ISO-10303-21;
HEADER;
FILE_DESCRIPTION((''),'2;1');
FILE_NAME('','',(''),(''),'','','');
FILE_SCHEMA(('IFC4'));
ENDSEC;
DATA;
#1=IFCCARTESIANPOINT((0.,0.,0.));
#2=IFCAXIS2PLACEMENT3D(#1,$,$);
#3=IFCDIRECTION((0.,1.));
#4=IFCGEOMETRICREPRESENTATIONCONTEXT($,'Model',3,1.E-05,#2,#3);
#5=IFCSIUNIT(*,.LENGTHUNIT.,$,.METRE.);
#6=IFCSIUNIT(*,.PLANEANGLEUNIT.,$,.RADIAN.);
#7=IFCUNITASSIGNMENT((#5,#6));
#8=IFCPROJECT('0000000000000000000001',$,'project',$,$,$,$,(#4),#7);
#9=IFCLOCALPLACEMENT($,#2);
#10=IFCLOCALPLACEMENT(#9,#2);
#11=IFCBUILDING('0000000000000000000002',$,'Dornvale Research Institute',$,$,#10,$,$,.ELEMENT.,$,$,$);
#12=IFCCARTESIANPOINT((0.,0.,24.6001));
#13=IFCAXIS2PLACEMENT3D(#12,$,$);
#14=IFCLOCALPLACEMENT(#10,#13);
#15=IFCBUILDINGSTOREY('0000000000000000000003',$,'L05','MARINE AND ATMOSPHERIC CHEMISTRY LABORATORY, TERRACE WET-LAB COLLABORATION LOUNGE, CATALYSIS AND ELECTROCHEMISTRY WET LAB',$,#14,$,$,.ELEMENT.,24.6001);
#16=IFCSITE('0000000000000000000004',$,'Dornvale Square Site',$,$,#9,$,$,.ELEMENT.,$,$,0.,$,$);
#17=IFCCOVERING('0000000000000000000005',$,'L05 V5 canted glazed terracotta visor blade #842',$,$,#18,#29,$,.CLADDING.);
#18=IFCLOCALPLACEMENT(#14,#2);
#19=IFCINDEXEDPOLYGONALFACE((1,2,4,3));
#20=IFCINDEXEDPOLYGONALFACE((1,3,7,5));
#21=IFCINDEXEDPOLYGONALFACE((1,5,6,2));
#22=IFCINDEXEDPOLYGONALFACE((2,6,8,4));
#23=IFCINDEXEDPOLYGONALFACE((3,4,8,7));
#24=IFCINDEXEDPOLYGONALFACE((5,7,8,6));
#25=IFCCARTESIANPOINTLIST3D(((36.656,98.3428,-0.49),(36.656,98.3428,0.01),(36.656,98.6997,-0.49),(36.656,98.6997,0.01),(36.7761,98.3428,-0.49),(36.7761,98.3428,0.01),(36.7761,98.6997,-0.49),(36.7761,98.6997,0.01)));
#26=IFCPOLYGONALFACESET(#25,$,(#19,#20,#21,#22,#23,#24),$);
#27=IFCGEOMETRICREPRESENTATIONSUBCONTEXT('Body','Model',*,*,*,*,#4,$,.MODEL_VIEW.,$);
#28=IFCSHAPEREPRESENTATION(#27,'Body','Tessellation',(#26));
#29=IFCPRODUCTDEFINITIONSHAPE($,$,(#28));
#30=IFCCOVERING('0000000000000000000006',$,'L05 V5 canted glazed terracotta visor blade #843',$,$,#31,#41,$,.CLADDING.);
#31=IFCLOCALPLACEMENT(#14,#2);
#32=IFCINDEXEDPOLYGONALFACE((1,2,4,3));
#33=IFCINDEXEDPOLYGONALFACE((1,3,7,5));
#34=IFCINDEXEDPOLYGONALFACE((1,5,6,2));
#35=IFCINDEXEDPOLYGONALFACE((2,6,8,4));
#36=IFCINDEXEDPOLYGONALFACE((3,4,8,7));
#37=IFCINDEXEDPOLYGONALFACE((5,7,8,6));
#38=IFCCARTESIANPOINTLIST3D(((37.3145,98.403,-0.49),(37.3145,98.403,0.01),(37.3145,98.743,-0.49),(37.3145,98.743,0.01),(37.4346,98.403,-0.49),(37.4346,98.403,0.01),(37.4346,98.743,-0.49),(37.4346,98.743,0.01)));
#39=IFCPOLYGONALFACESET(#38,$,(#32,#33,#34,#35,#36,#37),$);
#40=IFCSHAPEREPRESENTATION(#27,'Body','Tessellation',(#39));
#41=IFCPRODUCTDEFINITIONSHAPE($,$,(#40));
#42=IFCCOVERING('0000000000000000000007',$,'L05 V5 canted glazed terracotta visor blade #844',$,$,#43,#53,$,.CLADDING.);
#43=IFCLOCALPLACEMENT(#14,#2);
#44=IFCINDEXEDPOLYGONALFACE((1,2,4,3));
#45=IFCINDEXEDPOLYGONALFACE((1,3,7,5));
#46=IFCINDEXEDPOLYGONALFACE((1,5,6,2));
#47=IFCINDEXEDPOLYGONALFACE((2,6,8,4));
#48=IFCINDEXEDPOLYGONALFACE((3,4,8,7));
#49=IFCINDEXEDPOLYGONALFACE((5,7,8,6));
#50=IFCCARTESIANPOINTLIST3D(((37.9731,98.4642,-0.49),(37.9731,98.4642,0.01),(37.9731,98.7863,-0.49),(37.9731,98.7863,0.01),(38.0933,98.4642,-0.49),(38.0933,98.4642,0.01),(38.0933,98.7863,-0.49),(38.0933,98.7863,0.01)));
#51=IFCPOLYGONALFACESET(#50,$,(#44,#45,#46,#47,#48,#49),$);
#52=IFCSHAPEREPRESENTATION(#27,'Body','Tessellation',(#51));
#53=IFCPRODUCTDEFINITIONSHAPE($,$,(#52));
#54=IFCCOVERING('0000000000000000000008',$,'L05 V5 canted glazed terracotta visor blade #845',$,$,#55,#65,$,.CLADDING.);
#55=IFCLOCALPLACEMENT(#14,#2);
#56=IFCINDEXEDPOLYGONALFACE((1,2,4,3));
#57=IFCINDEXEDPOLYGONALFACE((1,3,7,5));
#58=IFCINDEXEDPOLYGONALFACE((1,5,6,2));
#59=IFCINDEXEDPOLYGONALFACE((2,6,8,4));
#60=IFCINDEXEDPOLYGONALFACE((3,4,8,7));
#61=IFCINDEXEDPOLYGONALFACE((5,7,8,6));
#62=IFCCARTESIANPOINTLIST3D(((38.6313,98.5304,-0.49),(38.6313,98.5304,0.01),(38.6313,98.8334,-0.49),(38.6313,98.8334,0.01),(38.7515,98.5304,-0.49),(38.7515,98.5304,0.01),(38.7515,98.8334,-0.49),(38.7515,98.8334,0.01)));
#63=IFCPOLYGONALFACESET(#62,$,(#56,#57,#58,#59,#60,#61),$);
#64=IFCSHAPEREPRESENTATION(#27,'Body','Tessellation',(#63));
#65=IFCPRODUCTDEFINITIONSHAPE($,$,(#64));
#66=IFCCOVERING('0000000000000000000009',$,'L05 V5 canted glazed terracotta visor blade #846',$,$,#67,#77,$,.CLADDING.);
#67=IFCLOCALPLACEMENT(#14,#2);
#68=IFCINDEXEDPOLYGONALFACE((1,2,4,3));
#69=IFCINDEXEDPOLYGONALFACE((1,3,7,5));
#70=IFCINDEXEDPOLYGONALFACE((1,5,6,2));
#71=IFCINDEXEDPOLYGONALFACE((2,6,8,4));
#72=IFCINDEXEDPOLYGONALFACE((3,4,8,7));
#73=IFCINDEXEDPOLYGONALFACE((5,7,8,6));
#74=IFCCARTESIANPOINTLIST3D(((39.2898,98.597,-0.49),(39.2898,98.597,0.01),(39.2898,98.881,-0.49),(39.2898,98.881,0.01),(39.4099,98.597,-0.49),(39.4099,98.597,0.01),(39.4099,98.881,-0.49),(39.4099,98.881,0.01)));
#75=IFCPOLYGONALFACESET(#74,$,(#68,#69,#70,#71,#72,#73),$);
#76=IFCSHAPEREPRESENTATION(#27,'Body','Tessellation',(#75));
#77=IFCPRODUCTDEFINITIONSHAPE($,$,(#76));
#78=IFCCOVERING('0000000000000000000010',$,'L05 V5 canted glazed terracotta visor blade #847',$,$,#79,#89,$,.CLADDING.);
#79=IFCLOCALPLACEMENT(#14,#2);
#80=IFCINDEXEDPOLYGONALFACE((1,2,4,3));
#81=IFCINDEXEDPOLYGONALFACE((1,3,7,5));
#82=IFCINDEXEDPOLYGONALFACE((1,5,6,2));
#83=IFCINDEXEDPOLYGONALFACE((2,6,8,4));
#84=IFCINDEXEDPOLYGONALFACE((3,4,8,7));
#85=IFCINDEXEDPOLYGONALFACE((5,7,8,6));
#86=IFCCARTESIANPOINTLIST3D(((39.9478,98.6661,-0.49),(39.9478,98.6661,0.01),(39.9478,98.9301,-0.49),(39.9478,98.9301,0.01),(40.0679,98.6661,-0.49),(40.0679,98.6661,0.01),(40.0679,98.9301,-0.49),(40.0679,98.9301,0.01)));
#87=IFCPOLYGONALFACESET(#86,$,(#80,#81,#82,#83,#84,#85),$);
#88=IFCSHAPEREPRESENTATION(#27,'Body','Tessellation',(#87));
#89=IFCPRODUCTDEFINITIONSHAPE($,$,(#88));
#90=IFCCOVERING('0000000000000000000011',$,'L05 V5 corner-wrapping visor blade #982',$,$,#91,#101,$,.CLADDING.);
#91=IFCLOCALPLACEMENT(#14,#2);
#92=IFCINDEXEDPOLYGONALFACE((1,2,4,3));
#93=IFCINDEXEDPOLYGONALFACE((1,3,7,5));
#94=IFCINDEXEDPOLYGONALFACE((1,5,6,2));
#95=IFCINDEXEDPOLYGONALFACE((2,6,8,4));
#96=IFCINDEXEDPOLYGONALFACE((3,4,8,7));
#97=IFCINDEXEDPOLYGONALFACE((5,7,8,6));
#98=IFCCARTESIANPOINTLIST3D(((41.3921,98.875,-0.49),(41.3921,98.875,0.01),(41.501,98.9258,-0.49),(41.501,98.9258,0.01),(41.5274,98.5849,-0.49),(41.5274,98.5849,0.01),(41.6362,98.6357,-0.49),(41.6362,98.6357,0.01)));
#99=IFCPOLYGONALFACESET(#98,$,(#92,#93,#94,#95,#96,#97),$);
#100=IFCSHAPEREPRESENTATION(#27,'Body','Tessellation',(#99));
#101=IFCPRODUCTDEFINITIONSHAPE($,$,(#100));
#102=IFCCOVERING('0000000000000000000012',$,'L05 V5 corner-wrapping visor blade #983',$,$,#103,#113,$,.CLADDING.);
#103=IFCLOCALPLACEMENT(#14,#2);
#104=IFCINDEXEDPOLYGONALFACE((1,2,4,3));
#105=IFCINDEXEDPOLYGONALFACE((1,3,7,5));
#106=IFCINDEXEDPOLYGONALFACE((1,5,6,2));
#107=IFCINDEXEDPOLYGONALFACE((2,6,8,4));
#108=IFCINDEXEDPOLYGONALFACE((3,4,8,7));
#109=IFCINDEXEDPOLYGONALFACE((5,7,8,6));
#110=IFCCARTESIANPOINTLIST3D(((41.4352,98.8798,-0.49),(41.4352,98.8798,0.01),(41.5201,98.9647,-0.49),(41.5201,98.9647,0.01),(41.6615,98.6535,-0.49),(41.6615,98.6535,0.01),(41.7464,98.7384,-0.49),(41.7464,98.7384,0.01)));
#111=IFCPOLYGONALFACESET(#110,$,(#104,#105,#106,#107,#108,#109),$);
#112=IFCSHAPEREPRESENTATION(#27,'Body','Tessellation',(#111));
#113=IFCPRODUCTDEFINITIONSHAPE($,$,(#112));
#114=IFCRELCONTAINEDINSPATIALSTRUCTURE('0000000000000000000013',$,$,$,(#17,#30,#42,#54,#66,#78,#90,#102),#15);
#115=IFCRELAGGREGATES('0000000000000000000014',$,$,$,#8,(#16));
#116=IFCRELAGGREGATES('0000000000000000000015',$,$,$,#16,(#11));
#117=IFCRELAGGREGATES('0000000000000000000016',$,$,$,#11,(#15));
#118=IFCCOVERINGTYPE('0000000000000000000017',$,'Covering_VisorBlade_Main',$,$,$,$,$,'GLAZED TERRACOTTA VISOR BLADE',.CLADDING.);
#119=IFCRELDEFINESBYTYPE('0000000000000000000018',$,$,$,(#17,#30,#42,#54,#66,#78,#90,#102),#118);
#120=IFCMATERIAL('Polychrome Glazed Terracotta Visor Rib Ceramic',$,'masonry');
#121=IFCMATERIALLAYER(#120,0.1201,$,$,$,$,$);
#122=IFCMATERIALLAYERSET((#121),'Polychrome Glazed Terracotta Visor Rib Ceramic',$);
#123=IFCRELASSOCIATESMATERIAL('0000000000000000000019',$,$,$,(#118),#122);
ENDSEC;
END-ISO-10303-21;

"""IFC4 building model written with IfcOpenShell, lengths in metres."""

from ifc_helpers import new_model, si_unit, direction, frame, origin, origin_2d, place, context, subcontext, project, spatial, rectangle, extrude, material, layer, layer_set, type_object, element, save


model = new_model("IFC4")

# Units and contexts
model_context = context("Model", 3, precision=1e-05, world=origin(), true_north=direction((0.0, 1.0)))
body_context = subcontext(model_context, "Body", "Model", "MODEL_VIEW")
ifc_project = project(units=[si_unit("LENGTHUNIT", "METRE"), si_unit("PLANEANGLEUNIT", "RADIAN")], contexts=[model_context])

# Site, building, storey
site_placement = place(None, origin())
site = spatial("IfcSite", under=ifc_project, at=site_placement, Name="Dornvale Square Site", CompositionType="ELEMENT", RefElevation=0.0)
building_placement = place(site_placement, origin())
building = spatial("IfcBuilding", under=site, at=building_placement, Name="Dornvale Research Institute", CompositionType="ELEMENT")
storey_placement = place(building_placement, frame((0.0, 0.0, 24.6001)))
storey = spatial("IfcBuildingStorey", under=building, at=storey_placement, Name="L05", Description="MARINE AND ATMOSPHERIC CHEMISTRY LABORATORY, TERRACE WET-LAB COLLABORATION LOUNGE, CATALYSIS AND ELECTROCHEMISTRY WET LAB", CompositionType="ELEMENT", Elevation=24.6001)

# Coverings
ifc_material = material(Name="Polychrome Glazed Terracotta Visor Rib Ceramic", Category="masonry")
ifc_layer = layer(ifc_material, 0.1201)
ifc_layer_set = layer_set([ifc_layer], Name="Polychrome Glazed Terracotta Visor Rib Ceramic")
covering_type = type_object("IfcCoveringType", Name="Covering_VisorBlade_Main", ElementType="GLAZED TERRACOTTA VISOR BLADE", PredefinedType="CLADDING", material=ifc_layer_set)
covering_1_placement = place(storey_placement, frame((36.7161, 98.5212, -0.49), z_axis=(0.0, 0.0, 1.0), x_axis=(0.0, 1.0, 0.0)))
element("IfcCovering", 1, at=covering_1_placement, inside=storey, type_object=covering_type, Name="L05 V5 canted glazed terracotta visor blade #842", PredefinedType="CLADDING", context=body_context, shape_type="SweptSolid", body=[
    extrude(rectangle(XDim=0.3569, YDim=0.1201, at=origin_2d()), origin(), (0.0, 0.0, 1.0), 0.5),
])
covering_2_placement = place(storey_placement, frame((37.3745, 98.573, -0.49), z_axis=(0.0, 0.0, 1.0), x_axis=(0.0, 1.0, 0.0)))
element("IfcCovering", 2, at=covering_2_placement, inside=storey, type_object=covering_type, Name="L05 V5 canted glazed terracotta visor blade #843", PredefinedType="CLADDING", context=body_context, shape_type="SweptSolid", body=[
    extrude(rectangle(XDim=0.3401, YDim=0.1201, at=origin_2d()), origin(), (0.0, 0.0, 1.0), 0.5),
])
covering_3_placement = place(storey_placement, frame((38.0332, 98.6252, -0.49), z_axis=(0.0, 0.0, 1.0), x_axis=(0.0, 1.0, 0.0)))
element("IfcCovering", 3, at=covering_3_placement, inside=storey, type_object=covering_type, Name="L05 V5 canted glazed terracotta visor blade #844", PredefinedType="CLADDING", context=body_context, shape_type="SweptSolid", body=[
    extrude(rectangle(XDim=0.322, YDim=0.1201, at=origin_2d()), origin(), (0.0, 0.0, 1.0), 0.5),
])
covering_4_placement = place(storey_placement, frame((38.6914, 98.6819, -0.49), z_axis=(0.0, 0.0, 1.0), x_axis=(0.0, 1.0, 0.0)))
element("IfcCovering", 4, at=covering_4_placement, inside=storey, type_object=covering_type, Name="L05 V5 canted glazed terracotta visor blade #845", PredefinedType="CLADDING", context=body_context, shape_type="SweptSolid", body=[
    extrude(rectangle(XDim=0.303, YDim=0.1201, at=origin_2d()), origin(), (0.0, 0.0, 1.0), 0.5),
])
covering_5_placement = place(storey_placement, frame((39.3499, 98.739, -0.49), z_axis=(0.0, 0.0, 1.0), x_axis=(0.0, 1.0, 0.0)))
element("IfcCovering", 5, at=covering_5_placement, inside=storey, type_object=covering_type, Name="L05 V5 canted glazed terracotta visor blade #846", PredefinedType="CLADDING", context=body_context, shape_type="SweptSolid", body=[
    extrude(rectangle(XDim=0.2839, YDim=0.1201, at=origin_2d()), origin(), (0.0, 0.0, 1.0), 0.5),
])
covering_6_placement = place(storey_placement, frame((40.0078, 98.7981, -0.49), z_axis=(0.0, 0.0, 1.0), x_axis=(0.0, 1.0, 0.0)))
element("IfcCovering", 6, at=covering_6_placement, inside=storey, type_object=covering_type, Name="L05 V5 canted glazed terracotta visor blade #847", PredefinedType="CLADDING", context=body_context, shape_type="SweptSolid", body=[
    extrude(rectangle(XDim=0.2639, YDim=0.1201, at=origin_2d()), origin(), (0.0, 0.0, 1.0), 0.5),
])
for number, where, z_axis, x_axis, name in (
    (7, (41.5142, 98.7554, -0.49), (0.0, 0.0, 1.0), (0.422618, -0.906308, 0.0), "L05 V5 corner-wrapping visor blade #982"),
    (8, (41.5908, 98.8091, -0.49), (0.0, 0.0, 1.0), (0.707107, -0.707107, 0.0), "L05 V5 corner-wrapping visor blade #983"),
):
    element("IfcCovering", number, at=place(storey_placement, frame(where, z_axis=z_axis, x_axis=x_axis)), inside=storey, type_object=covering_type, Name=name, PredefinedType="CLADDING", context=body_context, shape_type="SweptSolid", body=[
        extrude(rectangle(XDim=0.3201, YDim=0.1201, at=origin_2d()), origin(), (0.0, 0.0, 1.0), 0.5),
    ])

save(model, "model.ifc")
